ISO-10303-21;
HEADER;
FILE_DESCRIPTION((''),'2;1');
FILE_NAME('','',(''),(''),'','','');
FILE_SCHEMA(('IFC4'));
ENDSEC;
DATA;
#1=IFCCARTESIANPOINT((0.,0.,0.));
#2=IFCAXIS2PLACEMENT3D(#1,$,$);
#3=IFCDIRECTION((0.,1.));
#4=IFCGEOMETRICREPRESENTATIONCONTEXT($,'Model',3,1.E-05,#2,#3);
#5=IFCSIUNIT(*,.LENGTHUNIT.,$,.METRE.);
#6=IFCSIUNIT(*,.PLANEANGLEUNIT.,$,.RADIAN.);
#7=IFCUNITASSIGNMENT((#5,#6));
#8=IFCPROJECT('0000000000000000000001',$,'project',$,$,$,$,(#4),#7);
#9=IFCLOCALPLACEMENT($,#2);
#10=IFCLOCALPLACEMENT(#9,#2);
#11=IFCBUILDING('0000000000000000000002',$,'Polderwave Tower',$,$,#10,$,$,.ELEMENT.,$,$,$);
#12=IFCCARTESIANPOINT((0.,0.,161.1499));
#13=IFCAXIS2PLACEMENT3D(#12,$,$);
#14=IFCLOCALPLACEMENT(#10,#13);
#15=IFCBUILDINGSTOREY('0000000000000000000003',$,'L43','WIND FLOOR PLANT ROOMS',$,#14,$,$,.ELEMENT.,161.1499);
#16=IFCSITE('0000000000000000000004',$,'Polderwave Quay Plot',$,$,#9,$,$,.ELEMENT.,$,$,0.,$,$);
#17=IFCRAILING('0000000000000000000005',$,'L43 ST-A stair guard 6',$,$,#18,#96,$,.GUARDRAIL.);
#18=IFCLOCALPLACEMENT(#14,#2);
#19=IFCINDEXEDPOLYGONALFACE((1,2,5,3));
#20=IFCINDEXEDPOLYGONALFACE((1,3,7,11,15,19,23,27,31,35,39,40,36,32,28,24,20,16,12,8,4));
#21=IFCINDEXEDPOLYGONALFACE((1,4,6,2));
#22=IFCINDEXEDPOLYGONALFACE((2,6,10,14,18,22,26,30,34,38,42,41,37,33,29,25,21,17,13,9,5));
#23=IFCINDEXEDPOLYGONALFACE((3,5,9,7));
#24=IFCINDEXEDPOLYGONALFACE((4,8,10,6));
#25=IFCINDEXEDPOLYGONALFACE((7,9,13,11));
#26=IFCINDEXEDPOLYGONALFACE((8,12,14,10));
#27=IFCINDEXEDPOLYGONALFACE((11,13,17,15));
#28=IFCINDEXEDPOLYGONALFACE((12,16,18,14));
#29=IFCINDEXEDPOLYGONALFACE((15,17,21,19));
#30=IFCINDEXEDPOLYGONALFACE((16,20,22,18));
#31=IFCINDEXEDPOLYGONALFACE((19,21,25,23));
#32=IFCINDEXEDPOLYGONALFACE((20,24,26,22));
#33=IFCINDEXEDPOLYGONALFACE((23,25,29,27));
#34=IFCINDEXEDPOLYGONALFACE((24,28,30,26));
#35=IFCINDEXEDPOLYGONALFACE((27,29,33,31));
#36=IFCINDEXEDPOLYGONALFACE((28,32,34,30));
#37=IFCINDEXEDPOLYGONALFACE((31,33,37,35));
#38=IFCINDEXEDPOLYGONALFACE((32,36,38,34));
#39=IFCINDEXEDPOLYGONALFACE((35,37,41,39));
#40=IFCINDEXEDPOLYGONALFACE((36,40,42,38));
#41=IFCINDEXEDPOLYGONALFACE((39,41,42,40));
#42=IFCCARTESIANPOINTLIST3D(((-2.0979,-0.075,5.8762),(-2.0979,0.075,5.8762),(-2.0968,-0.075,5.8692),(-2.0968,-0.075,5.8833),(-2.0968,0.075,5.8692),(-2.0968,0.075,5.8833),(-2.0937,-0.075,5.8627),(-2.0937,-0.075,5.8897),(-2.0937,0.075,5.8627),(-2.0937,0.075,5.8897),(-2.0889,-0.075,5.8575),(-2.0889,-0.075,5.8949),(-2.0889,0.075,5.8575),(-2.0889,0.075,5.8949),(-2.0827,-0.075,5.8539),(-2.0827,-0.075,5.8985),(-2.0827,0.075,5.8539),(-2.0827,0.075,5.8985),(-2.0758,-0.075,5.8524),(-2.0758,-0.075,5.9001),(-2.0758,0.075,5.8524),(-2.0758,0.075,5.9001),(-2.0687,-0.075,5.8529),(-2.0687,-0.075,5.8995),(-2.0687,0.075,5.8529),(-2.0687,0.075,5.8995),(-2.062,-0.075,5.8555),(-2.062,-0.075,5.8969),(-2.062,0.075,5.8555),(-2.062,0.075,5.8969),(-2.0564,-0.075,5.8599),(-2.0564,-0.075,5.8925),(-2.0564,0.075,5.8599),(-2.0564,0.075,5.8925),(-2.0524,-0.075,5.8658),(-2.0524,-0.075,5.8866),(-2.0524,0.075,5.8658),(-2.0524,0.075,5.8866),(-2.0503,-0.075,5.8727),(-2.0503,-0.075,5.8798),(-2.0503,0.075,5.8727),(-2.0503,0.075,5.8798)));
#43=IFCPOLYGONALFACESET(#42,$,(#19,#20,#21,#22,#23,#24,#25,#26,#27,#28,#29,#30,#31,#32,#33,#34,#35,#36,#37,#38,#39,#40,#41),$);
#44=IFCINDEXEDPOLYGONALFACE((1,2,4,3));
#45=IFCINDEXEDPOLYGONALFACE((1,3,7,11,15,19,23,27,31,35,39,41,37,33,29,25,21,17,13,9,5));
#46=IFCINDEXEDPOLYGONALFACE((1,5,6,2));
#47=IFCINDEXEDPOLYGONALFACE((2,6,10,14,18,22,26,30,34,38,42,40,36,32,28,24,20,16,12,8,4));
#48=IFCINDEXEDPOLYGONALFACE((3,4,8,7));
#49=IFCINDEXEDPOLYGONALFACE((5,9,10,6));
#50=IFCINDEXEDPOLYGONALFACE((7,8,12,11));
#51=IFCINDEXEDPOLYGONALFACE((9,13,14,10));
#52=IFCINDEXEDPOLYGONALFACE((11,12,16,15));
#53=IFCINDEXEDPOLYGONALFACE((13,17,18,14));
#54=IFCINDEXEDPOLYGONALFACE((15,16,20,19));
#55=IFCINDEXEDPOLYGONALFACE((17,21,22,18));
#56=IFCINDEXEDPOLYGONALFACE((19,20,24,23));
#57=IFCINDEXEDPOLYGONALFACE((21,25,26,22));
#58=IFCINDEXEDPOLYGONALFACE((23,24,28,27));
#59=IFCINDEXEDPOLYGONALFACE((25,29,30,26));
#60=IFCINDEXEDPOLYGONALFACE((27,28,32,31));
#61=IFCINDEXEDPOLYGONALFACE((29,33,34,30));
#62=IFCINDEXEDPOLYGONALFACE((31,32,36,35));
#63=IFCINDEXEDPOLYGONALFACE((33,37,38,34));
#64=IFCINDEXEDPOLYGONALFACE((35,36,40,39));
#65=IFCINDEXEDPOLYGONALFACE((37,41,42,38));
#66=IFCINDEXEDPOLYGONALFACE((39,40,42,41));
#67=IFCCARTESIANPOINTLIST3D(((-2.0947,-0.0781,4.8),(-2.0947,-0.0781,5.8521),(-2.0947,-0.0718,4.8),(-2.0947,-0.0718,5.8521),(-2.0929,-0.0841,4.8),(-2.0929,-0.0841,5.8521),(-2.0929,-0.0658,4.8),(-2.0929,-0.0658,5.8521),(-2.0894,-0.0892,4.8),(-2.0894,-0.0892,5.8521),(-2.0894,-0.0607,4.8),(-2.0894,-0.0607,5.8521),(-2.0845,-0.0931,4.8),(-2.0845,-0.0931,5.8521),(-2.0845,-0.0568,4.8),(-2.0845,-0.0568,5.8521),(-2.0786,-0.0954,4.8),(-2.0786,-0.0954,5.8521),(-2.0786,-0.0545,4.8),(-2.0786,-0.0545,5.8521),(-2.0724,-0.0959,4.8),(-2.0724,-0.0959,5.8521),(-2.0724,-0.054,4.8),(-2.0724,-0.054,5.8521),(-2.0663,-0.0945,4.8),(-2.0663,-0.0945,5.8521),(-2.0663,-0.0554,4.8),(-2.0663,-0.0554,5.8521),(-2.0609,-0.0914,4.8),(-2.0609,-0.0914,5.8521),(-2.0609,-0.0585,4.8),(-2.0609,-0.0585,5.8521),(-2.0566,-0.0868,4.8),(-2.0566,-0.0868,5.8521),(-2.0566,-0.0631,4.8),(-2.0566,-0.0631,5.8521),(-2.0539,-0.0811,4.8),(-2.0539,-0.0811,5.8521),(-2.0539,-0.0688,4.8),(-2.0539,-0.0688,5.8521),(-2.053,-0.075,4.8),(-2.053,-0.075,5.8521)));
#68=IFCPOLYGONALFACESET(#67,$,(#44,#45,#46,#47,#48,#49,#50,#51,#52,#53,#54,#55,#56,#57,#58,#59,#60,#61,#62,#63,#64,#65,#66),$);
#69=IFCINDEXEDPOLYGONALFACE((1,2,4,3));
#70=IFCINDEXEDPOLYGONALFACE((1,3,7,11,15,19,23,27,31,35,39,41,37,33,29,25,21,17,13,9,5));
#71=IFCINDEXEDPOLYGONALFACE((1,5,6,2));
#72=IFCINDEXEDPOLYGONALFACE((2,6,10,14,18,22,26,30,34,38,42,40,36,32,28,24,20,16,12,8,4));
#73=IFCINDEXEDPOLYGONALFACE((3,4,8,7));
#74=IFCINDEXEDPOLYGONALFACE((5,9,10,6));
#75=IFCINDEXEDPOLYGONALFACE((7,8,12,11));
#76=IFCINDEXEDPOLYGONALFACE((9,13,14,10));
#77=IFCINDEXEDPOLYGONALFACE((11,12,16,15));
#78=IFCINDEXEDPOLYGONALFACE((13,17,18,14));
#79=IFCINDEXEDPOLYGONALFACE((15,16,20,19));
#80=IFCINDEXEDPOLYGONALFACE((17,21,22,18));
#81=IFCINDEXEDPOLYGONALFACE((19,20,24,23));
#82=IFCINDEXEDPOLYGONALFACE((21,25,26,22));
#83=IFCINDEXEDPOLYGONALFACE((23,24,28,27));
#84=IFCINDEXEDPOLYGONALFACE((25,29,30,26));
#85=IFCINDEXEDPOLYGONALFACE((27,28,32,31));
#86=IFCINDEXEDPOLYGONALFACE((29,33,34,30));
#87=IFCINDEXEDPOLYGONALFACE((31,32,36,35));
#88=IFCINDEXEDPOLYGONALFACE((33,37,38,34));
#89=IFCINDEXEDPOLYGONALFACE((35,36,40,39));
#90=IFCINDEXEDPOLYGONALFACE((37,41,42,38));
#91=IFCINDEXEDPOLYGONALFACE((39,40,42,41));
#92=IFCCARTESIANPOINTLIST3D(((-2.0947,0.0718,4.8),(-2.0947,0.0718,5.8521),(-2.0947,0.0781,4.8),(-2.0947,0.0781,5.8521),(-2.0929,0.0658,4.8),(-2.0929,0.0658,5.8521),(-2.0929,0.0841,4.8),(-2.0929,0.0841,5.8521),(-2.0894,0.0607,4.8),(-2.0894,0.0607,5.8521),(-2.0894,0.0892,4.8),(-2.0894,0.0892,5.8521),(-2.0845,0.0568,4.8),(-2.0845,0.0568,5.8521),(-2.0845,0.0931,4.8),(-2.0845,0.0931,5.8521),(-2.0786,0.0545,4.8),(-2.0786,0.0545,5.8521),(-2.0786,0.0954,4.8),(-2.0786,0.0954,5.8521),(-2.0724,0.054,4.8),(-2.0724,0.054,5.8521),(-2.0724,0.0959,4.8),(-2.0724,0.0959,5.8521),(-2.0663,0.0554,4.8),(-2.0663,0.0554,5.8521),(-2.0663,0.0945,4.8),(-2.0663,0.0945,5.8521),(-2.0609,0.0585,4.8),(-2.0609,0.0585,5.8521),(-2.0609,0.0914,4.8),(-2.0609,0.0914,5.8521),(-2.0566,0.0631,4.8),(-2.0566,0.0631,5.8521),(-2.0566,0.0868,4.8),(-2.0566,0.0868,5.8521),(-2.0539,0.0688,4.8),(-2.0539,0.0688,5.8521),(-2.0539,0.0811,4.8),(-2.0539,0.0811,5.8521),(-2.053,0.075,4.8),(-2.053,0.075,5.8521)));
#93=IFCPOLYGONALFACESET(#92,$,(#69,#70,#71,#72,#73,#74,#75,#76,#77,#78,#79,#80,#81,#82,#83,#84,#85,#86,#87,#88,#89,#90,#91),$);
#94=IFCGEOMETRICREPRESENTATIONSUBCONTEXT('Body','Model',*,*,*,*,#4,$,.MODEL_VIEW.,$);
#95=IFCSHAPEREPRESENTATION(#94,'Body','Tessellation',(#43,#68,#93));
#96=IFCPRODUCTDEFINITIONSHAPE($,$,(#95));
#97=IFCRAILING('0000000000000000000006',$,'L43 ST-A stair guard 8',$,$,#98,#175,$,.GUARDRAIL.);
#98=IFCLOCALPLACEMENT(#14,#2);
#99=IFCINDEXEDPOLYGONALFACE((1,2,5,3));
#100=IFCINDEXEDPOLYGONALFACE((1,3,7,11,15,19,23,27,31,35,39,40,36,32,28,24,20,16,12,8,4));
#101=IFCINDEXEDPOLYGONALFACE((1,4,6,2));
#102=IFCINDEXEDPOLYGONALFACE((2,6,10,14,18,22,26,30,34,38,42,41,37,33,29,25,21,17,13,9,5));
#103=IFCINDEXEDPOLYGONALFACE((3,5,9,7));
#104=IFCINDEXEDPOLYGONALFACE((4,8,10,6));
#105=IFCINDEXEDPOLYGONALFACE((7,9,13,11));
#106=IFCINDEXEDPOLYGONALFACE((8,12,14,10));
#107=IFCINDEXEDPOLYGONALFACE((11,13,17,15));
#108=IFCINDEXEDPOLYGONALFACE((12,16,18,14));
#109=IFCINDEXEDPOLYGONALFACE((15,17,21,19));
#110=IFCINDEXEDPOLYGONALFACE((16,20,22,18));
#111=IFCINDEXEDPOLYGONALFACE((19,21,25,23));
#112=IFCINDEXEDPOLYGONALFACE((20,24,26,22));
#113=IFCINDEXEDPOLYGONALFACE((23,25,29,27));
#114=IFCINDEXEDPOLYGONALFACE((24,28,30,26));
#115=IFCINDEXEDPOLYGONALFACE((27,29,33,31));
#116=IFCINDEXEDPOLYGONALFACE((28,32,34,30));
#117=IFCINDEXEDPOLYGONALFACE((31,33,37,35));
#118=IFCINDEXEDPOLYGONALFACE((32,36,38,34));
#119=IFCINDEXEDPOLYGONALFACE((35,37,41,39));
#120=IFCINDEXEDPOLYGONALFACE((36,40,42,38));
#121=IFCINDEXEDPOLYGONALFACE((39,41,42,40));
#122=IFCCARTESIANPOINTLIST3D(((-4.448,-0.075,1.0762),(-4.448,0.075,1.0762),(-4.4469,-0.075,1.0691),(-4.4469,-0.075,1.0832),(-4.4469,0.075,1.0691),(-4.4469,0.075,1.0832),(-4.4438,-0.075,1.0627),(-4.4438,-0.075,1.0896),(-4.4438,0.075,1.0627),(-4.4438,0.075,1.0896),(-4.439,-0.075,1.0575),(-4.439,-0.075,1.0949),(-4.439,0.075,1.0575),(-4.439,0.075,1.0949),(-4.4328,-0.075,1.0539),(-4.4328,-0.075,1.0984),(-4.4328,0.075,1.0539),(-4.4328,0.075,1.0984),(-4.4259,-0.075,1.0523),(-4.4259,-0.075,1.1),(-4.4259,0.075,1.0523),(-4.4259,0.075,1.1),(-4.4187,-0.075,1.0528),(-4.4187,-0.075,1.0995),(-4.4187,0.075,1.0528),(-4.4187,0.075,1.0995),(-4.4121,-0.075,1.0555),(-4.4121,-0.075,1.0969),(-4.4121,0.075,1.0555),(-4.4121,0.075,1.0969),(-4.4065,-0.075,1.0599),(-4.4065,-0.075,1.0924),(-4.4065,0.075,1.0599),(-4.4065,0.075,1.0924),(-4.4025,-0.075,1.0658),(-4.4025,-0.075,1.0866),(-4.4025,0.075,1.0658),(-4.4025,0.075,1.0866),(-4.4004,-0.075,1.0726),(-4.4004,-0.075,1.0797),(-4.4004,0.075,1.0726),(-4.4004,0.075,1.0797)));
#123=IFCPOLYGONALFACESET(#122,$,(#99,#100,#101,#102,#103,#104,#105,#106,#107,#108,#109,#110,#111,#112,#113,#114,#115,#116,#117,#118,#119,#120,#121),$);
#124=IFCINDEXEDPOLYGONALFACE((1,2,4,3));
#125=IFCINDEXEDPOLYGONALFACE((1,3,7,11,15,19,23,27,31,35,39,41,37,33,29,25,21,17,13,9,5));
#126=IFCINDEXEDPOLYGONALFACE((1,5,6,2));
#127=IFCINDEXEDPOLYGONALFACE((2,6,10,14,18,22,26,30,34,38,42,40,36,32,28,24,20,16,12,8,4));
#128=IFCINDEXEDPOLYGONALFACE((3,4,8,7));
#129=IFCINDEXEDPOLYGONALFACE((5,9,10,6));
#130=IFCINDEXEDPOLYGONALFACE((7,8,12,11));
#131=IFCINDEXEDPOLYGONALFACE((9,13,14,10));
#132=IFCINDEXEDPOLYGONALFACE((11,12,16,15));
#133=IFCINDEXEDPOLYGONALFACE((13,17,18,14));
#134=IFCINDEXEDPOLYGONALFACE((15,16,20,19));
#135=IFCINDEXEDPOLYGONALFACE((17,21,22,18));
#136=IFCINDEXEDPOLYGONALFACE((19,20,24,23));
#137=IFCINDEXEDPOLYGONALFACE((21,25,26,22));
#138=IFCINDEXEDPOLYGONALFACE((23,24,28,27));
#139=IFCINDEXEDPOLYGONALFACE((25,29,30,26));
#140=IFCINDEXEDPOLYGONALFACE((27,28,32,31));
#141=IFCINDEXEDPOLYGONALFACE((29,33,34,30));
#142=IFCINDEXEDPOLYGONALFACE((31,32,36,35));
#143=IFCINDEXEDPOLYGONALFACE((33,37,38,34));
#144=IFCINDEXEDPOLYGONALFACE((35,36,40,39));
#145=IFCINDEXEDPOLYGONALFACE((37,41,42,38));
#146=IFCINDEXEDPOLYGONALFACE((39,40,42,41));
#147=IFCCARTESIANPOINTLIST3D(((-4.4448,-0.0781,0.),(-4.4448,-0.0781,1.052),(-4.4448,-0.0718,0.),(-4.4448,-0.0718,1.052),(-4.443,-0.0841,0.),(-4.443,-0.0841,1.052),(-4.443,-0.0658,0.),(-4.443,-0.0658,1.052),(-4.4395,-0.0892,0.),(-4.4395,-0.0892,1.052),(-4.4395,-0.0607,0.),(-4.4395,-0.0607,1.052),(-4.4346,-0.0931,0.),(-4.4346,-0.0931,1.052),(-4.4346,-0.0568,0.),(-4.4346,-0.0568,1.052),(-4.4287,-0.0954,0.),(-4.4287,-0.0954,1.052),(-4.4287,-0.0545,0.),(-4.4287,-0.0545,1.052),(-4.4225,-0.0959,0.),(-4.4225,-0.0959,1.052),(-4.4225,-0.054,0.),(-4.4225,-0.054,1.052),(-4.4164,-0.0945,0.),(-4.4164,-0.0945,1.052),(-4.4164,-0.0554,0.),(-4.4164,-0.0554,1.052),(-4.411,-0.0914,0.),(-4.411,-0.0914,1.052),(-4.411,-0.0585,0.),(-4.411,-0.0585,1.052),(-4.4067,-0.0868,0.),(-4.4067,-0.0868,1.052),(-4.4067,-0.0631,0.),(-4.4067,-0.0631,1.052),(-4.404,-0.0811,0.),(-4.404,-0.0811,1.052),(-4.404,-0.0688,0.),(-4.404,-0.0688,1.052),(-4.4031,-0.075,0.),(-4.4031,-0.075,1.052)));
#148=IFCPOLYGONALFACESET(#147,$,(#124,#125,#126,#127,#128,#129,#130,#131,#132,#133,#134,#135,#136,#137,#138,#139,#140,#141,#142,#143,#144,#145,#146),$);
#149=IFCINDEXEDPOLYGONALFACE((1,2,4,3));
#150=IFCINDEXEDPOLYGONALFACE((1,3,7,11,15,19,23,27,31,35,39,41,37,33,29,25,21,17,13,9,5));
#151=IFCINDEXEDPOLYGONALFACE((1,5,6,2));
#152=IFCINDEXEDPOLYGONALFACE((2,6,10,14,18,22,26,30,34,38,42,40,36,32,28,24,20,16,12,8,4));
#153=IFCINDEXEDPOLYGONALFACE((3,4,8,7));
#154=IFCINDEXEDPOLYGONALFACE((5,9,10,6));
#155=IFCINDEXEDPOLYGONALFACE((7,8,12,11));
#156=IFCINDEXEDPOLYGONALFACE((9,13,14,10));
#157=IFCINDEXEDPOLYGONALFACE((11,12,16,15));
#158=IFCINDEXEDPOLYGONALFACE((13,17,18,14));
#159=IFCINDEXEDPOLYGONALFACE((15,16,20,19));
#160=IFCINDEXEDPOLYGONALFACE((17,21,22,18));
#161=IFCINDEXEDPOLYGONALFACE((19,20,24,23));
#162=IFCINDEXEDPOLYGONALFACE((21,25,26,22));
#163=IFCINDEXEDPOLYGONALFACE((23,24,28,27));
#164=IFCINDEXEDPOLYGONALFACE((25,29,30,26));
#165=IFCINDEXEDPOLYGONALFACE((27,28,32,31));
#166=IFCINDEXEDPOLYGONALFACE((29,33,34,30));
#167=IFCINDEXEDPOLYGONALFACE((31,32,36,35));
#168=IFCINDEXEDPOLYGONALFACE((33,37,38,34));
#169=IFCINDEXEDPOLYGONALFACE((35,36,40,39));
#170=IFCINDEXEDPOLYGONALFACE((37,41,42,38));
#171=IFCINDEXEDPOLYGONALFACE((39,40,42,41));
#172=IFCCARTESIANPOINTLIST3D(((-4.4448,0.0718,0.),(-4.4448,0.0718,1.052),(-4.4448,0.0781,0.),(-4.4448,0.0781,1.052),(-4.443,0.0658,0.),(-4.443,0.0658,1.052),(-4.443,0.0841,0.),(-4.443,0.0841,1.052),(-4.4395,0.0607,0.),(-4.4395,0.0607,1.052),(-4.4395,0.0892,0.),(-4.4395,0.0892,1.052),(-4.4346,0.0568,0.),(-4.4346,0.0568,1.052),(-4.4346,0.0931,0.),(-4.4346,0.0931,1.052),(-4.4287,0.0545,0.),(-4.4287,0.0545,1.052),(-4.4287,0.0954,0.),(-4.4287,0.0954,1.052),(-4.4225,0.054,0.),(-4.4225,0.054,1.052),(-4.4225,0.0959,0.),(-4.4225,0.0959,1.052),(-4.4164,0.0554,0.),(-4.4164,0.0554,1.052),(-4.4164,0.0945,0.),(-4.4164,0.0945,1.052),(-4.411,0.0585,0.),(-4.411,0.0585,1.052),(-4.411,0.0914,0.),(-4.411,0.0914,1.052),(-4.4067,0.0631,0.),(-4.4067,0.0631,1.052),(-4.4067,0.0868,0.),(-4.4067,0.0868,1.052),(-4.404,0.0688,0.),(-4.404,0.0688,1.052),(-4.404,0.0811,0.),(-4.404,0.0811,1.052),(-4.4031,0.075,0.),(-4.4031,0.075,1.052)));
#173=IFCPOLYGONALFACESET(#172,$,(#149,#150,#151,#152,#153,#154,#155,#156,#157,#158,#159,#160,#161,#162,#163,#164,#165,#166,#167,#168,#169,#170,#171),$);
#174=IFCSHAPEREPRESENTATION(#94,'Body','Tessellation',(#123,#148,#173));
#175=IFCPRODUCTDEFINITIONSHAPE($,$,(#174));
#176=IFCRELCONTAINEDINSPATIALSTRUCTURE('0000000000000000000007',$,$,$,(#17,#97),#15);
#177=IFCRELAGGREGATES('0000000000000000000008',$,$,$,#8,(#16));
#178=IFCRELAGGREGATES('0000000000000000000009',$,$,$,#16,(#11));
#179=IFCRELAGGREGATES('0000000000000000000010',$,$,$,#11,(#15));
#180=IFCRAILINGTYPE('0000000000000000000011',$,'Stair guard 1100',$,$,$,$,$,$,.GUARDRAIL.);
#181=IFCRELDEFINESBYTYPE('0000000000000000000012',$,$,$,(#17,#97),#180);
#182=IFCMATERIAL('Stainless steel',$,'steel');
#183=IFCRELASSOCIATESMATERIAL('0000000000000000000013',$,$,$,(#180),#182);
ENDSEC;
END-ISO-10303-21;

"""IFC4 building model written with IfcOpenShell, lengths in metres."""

from ifc_helpers import new_model, si_unit, direction, frame, origin, origin_2d, place, context, subcontext, project, spatial, circle, extrude, material, type_object, element, save


model = new_model("IFC4")

# Units and contexts
model_context = context("Model", 3, precision=1e-05, world=origin(), true_north=direction((0.0, 1.0)))
body_context = subcontext(model_context, "Body", "Model", "MODEL_VIEW")
ifc_project = project(units=[si_unit("LENGTHUNIT", "METRE"), si_unit("PLANEANGLEUNIT", "RADIAN")], contexts=[model_context])

# Site, building, storey
site_placement = place(None, origin())
site = spatial("IfcSite", under=ifc_project, at=site_placement, Name="Polderwave Quay Plot", CompositionType="ELEMENT", RefElevation=0.0)
building_placement = place(site_placement, origin())
building = spatial("IfcBuilding", under=site, at=building_placement, Name="Polderwave Tower", CompositionType="ELEMENT")
storey_placement = place(building_placement, frame((0.0, 0.0, 161.1499)))
storey = spatial("IfcBuildingStorey", under=building, at=storey_placement, Name="L43", Description="WIND FLOOR PLANT ROOMS", CompositionType="ELEMENT", Elevation=161.1499)

# Railings
ifc_material_1 = material(Name="Stainless steel", Category="steel")
railing_type_1 = type_object("IfcRailingType", Name="Stair guard 1100", PredefinedType="GUARDRAIL", material=ifc_material_1)
for number, where, name in (
    (1, (-2.074, -0.075, 4.8), "L43 ST-A stair guard 6"),
    (2, (-4.4241, -0.075, 0.0), "L43 ST-A stair guard 8"),
):
    element("IfcRailing", number, at=place(storey_placement, frame(where)), inside=storey, type_object=railing_type_1, Name=name, PredefinedType="GUARDRAIL", context=body_context, shape_type="SweptSolid", body=[
        extrude(circle(Radius=0.0239, at=origin_2d()), frame((0.0, 0.0, 1.0762), z_axis=(0.0, 1.0, 0.0), x_axis=(-1.0, 0.0, 0.0)), (0.0, 0.0, 1.0), 0.1499),
        extrude(circle(Radius=0.021, at=origin_2d()), origin(), (0.0, 0.0, 1.0), 1.052),
        extrude(circle(Radius=0.021, at=origin_2d()), frame((0.0, 0.1499, 0.0)), (0.0, 0.0, 1.0), 1.052),
    ])

save(model, "model.ifc")
